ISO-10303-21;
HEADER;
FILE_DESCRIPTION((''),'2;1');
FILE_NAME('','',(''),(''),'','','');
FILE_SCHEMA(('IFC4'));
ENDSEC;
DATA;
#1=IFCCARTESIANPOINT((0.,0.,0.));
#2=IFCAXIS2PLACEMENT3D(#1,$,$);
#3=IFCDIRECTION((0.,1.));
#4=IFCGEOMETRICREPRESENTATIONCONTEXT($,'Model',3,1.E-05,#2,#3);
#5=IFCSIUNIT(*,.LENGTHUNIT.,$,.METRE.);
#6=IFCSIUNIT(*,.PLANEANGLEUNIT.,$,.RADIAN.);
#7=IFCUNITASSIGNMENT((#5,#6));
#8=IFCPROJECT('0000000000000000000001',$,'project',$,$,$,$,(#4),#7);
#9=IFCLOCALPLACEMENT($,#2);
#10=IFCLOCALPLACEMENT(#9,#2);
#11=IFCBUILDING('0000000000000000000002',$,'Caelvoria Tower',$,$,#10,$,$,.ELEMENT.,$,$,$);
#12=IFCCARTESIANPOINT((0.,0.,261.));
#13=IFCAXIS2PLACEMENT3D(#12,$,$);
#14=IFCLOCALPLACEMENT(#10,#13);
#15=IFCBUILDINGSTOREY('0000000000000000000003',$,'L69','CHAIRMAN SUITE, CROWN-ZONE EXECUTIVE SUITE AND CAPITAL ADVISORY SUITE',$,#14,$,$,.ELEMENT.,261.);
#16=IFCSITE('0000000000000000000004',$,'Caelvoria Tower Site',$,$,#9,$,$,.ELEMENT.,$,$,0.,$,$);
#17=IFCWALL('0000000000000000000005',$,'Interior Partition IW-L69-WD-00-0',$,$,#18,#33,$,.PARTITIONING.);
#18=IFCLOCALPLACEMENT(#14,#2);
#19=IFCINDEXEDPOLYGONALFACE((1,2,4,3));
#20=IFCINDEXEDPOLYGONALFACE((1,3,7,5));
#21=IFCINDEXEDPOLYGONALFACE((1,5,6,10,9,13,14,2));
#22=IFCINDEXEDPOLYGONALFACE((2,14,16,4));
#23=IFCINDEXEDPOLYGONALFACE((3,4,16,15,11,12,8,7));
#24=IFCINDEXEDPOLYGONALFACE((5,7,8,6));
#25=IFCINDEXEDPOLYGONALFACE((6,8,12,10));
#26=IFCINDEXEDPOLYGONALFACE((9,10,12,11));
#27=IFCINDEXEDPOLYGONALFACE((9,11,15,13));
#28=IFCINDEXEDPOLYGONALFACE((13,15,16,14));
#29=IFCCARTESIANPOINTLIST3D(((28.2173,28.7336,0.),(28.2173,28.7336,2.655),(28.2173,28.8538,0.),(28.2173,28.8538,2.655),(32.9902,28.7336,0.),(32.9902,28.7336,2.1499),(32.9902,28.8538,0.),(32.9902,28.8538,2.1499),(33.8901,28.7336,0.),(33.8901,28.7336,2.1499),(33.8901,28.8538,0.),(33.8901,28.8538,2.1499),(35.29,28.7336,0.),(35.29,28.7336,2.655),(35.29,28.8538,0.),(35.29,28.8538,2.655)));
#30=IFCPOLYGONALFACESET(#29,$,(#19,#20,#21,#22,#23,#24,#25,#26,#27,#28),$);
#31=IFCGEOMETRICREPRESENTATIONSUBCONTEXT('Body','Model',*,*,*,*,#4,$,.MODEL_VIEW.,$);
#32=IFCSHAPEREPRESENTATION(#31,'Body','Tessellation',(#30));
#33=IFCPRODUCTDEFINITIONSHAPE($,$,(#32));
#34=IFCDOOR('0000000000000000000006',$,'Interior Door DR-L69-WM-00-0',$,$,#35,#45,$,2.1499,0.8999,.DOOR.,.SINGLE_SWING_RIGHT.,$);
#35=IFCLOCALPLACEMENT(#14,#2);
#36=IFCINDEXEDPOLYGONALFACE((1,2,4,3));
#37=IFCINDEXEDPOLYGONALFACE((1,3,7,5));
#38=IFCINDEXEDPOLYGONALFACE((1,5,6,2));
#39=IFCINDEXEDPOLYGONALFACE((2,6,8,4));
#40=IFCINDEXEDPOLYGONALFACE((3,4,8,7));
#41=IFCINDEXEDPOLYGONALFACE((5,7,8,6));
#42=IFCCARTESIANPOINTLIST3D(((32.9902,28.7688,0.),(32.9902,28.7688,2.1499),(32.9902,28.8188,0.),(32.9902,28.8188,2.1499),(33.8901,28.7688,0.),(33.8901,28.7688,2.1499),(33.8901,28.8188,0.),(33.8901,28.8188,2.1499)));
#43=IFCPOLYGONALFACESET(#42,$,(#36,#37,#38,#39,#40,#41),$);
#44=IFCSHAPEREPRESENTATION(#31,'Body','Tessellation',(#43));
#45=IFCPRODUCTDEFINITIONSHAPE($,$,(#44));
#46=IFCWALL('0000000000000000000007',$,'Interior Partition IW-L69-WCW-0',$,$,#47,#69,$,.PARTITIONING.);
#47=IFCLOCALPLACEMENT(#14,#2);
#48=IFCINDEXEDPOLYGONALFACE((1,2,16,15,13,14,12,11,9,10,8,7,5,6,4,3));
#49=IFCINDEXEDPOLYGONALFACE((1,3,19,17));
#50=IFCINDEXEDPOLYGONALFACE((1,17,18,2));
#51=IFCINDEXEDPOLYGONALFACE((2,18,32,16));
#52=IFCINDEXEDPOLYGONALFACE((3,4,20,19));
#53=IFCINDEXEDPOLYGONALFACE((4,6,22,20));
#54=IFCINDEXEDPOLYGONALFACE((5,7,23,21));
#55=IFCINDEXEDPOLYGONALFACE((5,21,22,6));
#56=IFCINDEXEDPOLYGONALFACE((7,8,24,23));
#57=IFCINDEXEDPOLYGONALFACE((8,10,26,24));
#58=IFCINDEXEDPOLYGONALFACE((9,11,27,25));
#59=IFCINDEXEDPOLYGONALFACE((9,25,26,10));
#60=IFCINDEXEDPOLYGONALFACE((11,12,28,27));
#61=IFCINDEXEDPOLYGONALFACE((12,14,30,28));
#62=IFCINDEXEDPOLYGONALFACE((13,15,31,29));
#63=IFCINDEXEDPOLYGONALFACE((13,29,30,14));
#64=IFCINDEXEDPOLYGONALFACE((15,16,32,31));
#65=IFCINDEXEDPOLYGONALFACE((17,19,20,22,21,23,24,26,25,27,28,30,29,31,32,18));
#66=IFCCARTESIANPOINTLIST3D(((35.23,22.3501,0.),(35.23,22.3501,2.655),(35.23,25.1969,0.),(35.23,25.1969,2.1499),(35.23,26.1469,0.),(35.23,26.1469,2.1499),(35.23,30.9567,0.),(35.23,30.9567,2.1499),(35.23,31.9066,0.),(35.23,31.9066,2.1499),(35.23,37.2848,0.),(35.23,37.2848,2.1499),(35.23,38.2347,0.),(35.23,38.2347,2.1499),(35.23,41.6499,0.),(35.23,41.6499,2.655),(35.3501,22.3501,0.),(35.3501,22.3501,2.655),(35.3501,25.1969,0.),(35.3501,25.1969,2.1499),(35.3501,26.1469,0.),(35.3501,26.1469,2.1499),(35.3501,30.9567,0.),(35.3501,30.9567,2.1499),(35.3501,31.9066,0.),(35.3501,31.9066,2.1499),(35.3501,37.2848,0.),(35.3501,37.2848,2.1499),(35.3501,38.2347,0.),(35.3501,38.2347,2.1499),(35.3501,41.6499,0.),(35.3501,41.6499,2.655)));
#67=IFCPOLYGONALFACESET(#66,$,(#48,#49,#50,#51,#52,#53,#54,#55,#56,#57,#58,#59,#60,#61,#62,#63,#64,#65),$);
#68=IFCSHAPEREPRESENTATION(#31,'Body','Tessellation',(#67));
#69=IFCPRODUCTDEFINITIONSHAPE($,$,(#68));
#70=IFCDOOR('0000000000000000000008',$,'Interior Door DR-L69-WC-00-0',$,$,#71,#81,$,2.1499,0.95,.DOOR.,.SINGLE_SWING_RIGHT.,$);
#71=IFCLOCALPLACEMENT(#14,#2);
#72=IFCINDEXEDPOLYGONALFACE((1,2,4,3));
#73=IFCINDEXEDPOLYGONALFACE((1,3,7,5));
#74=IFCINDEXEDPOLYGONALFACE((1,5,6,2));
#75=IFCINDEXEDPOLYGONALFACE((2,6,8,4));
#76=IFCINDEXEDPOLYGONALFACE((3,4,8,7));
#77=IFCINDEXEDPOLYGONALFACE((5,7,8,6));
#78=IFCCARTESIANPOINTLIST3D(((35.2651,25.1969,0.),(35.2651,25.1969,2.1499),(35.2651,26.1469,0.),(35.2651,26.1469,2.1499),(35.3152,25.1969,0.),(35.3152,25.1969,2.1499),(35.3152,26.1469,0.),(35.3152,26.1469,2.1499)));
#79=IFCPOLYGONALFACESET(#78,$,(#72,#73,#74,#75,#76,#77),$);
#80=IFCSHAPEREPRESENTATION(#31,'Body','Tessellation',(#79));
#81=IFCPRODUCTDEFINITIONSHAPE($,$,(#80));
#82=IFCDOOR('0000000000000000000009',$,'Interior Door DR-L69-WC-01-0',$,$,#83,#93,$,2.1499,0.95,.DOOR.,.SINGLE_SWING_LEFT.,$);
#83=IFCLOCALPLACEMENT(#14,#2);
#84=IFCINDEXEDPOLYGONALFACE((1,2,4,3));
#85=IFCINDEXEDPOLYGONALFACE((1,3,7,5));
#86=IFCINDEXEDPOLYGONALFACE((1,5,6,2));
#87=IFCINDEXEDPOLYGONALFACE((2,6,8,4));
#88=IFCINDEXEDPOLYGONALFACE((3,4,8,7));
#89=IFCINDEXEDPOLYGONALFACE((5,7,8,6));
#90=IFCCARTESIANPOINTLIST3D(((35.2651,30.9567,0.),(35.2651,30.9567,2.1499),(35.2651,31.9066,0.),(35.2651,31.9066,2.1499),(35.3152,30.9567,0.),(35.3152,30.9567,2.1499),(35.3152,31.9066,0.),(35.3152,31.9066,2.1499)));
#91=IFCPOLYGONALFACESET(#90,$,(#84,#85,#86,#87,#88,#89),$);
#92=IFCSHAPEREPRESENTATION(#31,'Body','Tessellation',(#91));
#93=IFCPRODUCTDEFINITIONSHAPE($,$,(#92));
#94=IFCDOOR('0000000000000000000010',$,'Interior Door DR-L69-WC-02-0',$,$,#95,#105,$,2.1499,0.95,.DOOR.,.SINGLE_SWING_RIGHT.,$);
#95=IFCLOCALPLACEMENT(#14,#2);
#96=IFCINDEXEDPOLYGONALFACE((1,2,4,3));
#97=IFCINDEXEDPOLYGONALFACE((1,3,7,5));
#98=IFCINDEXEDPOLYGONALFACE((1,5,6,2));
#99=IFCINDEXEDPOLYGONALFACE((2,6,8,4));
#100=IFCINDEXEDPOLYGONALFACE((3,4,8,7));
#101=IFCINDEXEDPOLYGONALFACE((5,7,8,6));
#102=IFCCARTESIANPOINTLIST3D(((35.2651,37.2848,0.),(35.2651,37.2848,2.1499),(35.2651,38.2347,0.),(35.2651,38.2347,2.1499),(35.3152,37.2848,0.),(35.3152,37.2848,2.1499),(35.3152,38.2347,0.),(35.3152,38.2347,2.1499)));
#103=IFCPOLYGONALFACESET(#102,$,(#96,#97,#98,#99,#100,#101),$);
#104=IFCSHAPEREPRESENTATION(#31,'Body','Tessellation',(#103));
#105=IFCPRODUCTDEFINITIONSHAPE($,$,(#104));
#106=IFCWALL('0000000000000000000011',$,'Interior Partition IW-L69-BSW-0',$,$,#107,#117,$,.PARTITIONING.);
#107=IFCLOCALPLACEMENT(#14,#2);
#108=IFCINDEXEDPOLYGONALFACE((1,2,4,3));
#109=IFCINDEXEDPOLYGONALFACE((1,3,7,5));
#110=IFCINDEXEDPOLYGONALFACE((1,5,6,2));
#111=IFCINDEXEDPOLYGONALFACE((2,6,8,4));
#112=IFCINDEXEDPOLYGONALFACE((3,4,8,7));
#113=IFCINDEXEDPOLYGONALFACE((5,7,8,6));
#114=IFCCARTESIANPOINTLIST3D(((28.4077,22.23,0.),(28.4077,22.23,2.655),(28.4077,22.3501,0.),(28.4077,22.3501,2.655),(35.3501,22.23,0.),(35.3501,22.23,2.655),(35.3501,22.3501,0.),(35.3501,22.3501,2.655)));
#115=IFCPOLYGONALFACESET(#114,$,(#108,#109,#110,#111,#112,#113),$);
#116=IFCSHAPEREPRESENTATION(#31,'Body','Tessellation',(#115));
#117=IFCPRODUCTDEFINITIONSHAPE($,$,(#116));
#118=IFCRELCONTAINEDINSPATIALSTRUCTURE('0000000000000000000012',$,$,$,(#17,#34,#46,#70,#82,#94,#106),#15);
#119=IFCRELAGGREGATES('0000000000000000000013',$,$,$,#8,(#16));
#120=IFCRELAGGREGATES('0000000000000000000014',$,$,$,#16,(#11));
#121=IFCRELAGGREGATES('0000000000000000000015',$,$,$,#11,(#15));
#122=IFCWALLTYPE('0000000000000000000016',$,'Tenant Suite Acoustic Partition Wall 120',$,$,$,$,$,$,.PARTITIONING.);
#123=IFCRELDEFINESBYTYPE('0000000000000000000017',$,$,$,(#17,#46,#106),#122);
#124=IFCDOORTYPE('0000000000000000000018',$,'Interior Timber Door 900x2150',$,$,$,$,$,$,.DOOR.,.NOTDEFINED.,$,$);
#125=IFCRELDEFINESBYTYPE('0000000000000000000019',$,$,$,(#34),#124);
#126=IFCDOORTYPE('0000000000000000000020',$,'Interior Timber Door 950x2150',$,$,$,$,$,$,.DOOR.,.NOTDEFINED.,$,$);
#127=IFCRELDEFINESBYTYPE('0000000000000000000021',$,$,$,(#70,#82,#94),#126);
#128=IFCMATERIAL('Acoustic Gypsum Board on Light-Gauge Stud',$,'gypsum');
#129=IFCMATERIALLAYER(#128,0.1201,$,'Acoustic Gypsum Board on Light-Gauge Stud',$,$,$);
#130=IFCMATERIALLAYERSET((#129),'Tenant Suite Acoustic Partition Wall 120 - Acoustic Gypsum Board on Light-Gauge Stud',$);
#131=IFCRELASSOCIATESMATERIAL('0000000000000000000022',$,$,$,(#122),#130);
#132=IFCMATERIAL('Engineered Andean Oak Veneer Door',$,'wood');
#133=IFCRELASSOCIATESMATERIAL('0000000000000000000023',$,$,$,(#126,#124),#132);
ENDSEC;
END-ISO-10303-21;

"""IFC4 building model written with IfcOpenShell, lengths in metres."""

from ifc_helpers import new_model, si_unit, direction, frame, frame_2d, origin, place, context, subcontext, project, spatial, rectangle, extrude, material, layer, layer_set, type_object, element, fill, save


model = new_model("IFC4")

# Units and contexts
model_context = context("Model", 3, precision=1e-05, world=origin(), true_north=direction((0.0, 1.0)))
body_context = subcontext(model_context, "Body", "Model", "MODEL_VIEW")
ifc_project = project(units=[si_unit("LENGTHUNIT", "METRE"), si_unit("PLANEANGLEUNIT", "RADIAN")], contexts=[model_context])

# Site, building, storey
site_placement = place(None, origin())
site = spatial("IfcSite", under=ifc_project, at=site_placement, Name="Caelvoria Tower Site", CompositionType="ELEMENT", RefElevation=0.0)
building_placement = place(site_placement, origin())
building = spatial("IfcBuilding", under=site, at=building_placement, Name="Caelvoria Tower", CompositionType="ELEMENT")
storey_placement = place(building_placement, frame((0.0, 0.0, 261.0)))
storey = spatial("IfcBuildingStorey", under=building, at=storey_placement, Name="L69", Description="CHAIRMAN SUITE, CROWN-ZONE EXECUTIVE SUITE AND CAPITAL ADVISORY SUITE", CompositionType="ELEMENT", Elevation=261.0)

# Shared definitions
ifc_material_1 = material(Name="Acoustic Gypsum Board on Light-Gauge Stud", Category="gypsum")
ifc_layer_1 = layer(ifc_material_1, 0.1201, Name="Acoustic Gypsum Board on Light-Gauge Stud")
ifc_layer_set_1 = layer_set([ifc_layer_1], Name="Tenant Suite Acoustic Partition Wall 120 - Acoustic Gypsum Board on Light-Gauge Stud")
wall_type_1 = type_object("IfcWallType", Name="Tenant Suite Acoustic Partition Wall 120", PredefinedType="PARTITIONING", material=ifc_layer_set_1)
ifc_material_2 = material(Name="Engineered Andean Oak Veneer Door", Category="wood")
door_type_1 = type_object("IfcDoorType", Name="Interior Timber Door 950x2150", OperationType="NOTDEFINED", PredefinedType="DOOR", material=ifc_material_2)

# Wall, opening, door
wall_1_placement = place(storey_placement, frame((35.29, 28.7937, 0.0), z_axis=(0.0, 0.0, 1.0), x_axis=(-1.0, 0.0, 0.0)))
wall_1 = element("IfcWall", 1, at=wall_1_placement, inside=storey, type_object=wall_type_1, Name="Interior Partition IW-L69-WD-00-0", PredefinedType="PARTITIONING", context=body_context, shape_type="SweptSolid", body=[
    extrude(rectangle(XDim=7.0728, YDim=0.1201, at=frame_2d((3.5364, 0.0))), origin(), (0.0, 0.0, 1.0), 2.655),
])
opening_1_placement = place(wall_1_placement, frame((1.3999, 0.0, 0.0)))
opening_1 = element("IfcOpeningElement", 2, at=opening_1_placement, cuts=wall_1, PredefinedType="OPENING", context=body_context, shape_type="SweptSolid", body=[
    extrude(rectangle(XDim=0.8999, YDim=2.1499, at=frame_2d((0.45, 1.075))), frame((0.0, 0.0701, 0.0), z_axis=(0.0, -1.0, 0.0), x_axis=(1.0, 0.0, 0.0)), (0.0, 0.0, 1.0), 0.1401),
])
door_type_2 = type_object("IfcDoorType", Name="Interior Timber Door 900x2150", OperationType="NOTDEFINED", PredefinedType="DOOR", material=ifc_material_2)
door_1_placement = place(opening_1_placement, origin())
door_1 = element("IfcDoor", 3, at=door_1_placement, inside=storey, type_object=door_type_2, Name="Interior Door DR-L69-WM-00-0", OperationType="SINGLE_SWING_RIGHT", OverallHeight=2.1499, OverallWidth=0.8999, PredefinedType="DOOR", context=body_context, shape_type="SweptSolid", body=[
    extrude(rectangle(XDim=0.8999, YDim=2.1499, at=frame_2d((0.45, 1.075))), frame((0.0, 0.0249, 0.0), z_axis=(0.0, -1.0, 0.0), x_axis=(1.0, 0.0, 0.0)), (0.0, 0.0, 1.0), 0.05),
])
fill(opening_1, door_1)

# Wall, openings, doors
wall_2_placement = place(storey_placement, frame((35.29, 22.3501, 0.0), z_axis=(0.0, 0.0, 1.0), x_axis=(0.0, 1.0, 0.0)))
wall_2 = element("IfcWall", 4, at=wall_2_placement, inside=storey, type_object=wall_type_1, Name="Interior Partition IW-L69-WCW-0", PredefinedType="PARTITIONING", context=body_context, shape_type="SweptSolid", body=[
    extrude(rectangle(XDim=19.2998, YDim=0.1201, at=frame_2d((9.6499, 0.0))), origin(), (0.0, 0.0, 1.0), 2.655),
])
opening_2_placement = place(wall_2_placement, frame((2.8467, 0.0, 0.0)))
opening_2 = element("IfcOpeningElement", 5, at=opening_2_placement, cuts=wall_2, PredefinedType="OPENING", context=body_context, shape_type="SweptSolid", body=[
    extrude(rectangle(XDim=0.95, YDim=2.1499, at=frame_2d((0.4751, 1.075))), frame((0.0, 0.0701, 0.0), z_axis=(0.0, -1.0, 0.0), x_axis=(1.0, 0.0, 0.0)), (0.0, 0.0, 1.0), 0.1401),
])
opening_3_placement = place(wall_2_placement, frame((8.6064, 0.0, 0.0)))
opening_3 = element("IfcOpeningElement", 6, at=opening_3_placement, cuts=wall_2, PredefinedType="OPENING", context=body_context, shape_type="SweptSolid", body=[
    extrude(rectangle(XDim=0.95, YDim=2.1499, at=frame_2d((0.4751, 1.075))), frame((0.0, 0.0701, 0.0), z_axis=(0.0, -1.0, 0.0), x_axis=(1.0, 0.0, 0.0)), (0.0, 0.0, 1.0), 0.1401),
])
opening_4_placement = place(wall_2_placement, frame((14.9346, 0.0, 0.0)))
opening_4 = element("IfcOpeningElement", 7, at=opening_4_placement, cuts=wall_2, PredefinedType="OPENING", context=body_context, shape_type="SweptSolid", body=[
    extrude(rectangle(XDim=0.95, YDim=2.1499, at=frame_2d((0.4751, 1.075))), frame((0.0, 0.0701, 0.0), z_axis=(0.0, -1.0, 0.0), x_axis=(1.0, 0.0, 0.0)), (0.0, 0.0, 1.0), 0.1401),
])
door_2_placement = place(opening_2_placement, origin())
door_2 = element("IfcDoor", 8, at=door_2_placement, inside=storey, type_object=door_type_1, Name="Interior Door DR-L69-WC-00-0", OperationType="SINGLE_SWING_RIGHT", OverallHeight=2.1499, OverallWidth=0.95, PredefinedType="DOOR", context=body_context, shape_type="SweptSolid", body=[
    extrude(rectangle(XDim=0.95, YDim=2.1499, at=frame_2d((0.4751, 1.075))), frame((0.0, 0.0249, 0.0), z_axis=(0.0, -1.0, 0.0), x_axis=(1.0, 0.0, 0.0)), (0.0, 0.0, 1.0), 0.05),
])
fill(opening_2, door_2)
door_3_placement = place(opening_3_placement, origin())
door_3 = element("IfcDoor", 9, at=door_3_placement, inside=storey, type_object=door_type_1, Name="Interior Door DR-L69-WC-01-0", OperationType="SINGLE_SWING_LEFT", OverallHeight=2.1499, OverallWidth=0.95, PredefinedType="DOOR", context=body_context, shape_type="SweptSolid", body=[
    extrude(rectangle(XDim=0.95, YDim=2.1499, at=frame_2d((0.4751, 1.075))), frame((0.0, 0.0249, 0.0), z_axis=(0.0, -1.0, 0.0), x_axis=(1.0, 0.0, 0.0)), (0.0, 0.0, 1.0), 0.05),
])
fill(opening_3, door_3)
door_4_placement = place(opening_4_placement, origin())
door_4 = element("IfcDoor", 10, at=door_4_placement, inside=storey, type_object=door_type_1, Name="Interior Door DR-L69-WC-02-0", OperationType="SINGLE_SWING_RIGHT", OverallHeight=2.1499, OverallWidth=0.95, PredefinedType="DOOR", context=body_context, shape_type="SweptSolid", body=[
    extrude(rectangle(XDim=0.95, YDim=2.1499, at=frame_2d((0.4751, 1.075))), frame((0.0, 0.0249, 0.0), z_axis=(0.0, -1.0, 0.0), x_axis=(1.0, 0.0, 0.0)), (0.0, 0.0, 1.0), 0.05),
])
fill(opening_4, door_4)

# Wall
wall_3_placement = place(storey_placement, frame((35.3501, 22.29, 0.0), z_axis=(0.0, 0.0, 1.0), x_axis=(-1.0, 0.0, 0.0)))
element("IfcWall", 11, at=wall_3_placement, inside=storey, type_object=wall_type_1, Name="Interior Partition IW-L69-BSW-0", PredefinedType="PARTITIONING", context=body_context, shape_type="SweptSolid", body=[
    extrude(rectangle(XDim=6.9424, YDim=0.1201, at=frame_2d((3.4712, 0.0))), origin(), (0.0, 0.0, 1.0), 2.655),
])

save(model, "model.ifc")
